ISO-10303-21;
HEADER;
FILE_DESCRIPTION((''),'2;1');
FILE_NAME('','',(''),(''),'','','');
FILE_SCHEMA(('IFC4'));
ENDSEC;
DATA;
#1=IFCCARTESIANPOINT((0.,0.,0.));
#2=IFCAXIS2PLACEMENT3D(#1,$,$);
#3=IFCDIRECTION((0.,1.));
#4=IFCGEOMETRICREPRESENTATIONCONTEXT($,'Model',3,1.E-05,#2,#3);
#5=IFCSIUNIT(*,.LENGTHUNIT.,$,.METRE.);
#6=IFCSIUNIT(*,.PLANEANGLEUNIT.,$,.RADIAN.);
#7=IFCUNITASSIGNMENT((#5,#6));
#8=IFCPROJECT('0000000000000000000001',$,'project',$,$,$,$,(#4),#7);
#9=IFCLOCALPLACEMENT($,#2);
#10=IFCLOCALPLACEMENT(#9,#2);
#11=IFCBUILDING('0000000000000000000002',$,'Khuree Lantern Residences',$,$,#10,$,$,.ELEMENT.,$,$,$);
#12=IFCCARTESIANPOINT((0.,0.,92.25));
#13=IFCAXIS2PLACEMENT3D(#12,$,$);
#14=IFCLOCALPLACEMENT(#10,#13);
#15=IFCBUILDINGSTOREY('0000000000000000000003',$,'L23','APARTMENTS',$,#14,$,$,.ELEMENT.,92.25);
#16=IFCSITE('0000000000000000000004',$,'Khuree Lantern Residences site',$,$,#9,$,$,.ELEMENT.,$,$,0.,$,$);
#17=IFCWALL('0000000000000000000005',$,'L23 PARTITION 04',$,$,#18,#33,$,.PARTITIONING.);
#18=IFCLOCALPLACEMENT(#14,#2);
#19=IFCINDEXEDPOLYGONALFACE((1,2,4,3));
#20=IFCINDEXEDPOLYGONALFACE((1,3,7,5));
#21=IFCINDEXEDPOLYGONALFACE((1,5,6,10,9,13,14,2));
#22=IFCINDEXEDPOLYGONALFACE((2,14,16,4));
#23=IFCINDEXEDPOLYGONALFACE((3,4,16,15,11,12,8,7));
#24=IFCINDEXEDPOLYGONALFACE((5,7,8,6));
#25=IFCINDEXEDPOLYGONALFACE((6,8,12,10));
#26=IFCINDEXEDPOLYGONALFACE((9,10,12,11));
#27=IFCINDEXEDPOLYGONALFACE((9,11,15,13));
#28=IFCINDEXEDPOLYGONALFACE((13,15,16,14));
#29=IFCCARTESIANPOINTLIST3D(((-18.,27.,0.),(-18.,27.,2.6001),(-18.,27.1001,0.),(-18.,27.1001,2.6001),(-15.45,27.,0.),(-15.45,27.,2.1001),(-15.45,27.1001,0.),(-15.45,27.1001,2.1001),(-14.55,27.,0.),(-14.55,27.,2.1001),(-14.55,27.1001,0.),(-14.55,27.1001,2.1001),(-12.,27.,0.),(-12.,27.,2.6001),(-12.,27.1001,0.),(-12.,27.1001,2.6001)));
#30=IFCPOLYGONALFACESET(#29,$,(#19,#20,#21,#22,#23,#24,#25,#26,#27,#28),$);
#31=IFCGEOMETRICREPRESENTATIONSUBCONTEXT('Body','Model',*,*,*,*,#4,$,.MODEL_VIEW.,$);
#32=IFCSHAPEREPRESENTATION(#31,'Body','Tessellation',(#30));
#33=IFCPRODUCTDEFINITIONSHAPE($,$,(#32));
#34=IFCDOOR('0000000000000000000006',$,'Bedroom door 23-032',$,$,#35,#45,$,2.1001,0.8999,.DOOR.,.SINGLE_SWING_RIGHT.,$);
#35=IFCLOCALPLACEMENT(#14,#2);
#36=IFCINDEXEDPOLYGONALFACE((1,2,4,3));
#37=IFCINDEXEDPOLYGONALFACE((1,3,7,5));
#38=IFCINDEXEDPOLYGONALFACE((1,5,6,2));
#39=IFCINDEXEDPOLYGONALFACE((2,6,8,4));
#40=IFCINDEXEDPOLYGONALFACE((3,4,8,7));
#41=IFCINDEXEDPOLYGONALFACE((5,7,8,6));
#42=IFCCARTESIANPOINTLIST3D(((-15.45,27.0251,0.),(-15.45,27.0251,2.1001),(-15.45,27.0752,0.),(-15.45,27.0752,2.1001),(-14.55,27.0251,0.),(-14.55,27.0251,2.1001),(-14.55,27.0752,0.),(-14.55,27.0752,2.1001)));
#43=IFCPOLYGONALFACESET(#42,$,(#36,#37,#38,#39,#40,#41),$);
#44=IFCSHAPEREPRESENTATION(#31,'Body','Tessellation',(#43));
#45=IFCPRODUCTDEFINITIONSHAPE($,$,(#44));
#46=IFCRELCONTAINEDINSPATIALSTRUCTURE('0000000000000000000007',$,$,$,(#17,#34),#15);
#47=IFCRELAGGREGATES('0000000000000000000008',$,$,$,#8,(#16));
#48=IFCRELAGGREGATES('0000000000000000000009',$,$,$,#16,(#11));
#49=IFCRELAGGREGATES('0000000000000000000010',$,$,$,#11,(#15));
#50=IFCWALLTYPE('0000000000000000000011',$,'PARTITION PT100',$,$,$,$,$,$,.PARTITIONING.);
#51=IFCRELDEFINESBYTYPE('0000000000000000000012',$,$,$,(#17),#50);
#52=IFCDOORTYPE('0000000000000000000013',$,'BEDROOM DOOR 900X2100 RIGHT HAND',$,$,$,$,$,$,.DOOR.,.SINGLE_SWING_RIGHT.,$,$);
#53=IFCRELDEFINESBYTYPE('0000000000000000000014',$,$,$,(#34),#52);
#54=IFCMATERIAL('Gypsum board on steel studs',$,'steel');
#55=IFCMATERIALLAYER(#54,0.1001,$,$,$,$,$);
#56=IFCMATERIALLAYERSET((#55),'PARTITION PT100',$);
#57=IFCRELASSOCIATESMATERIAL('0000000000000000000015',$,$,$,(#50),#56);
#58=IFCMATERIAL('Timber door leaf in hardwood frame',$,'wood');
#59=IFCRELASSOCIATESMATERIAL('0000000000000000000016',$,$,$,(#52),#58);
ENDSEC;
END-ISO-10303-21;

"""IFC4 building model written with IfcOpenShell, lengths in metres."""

from ifc_helpers import new_model, si_unit, direction, frame, frame_2d, origin, place, context, subcontext, project, spatial, rectangle, extrude, material, layer, layer_set, type_object, element, fill, save


model = new_model("IFC4")

# Units and contexts
model_context = context("Model", 3, precision=1e-05, world=origin(), true_north=direction((0.0, 1.0)))
body_context = subcontext(model_context, "Body", "Model", "MODEL_VIEW")
ifc_project = project(units=[si_unit("LENGTHUNIT", "METRE"), si_unit("PLANEANGLEUNIT", "RADIAN")], contexts=[model_context])

# Site, building, storey
site_placement = place(None, origin())
site = spatial("IfcSite", under=ifc_project, at=site_placement, Name="Khuree Lantern Residences site", CompositionType="ELEMENT", RefElevation=0.0)
building_placement = place(site_placement, origin())
building = spatial("IfcBuilding", under=site, at=building_placement, Name="Khuree Lantern Residences", CompositionType="ELEMENT")
storey_placement = place(building_placement, frame((0.0, 0.0, 92.25)))
storey = spatial("IfcBuildingStorey", under=building, at=storey_placement, Name="L23", Description="APARTMENTS", CompositionType="ELEMENT", Elevation=92.25)

# Shared definitions
ifc_material_1 = material(Name="Timber door leaf in hardwood frame", Category="wood")

# Shared definitions
ifc_material_2 = material(Name="Gypsum board on steel studs", Category="steel")

# Shared definitions
ifc_layer_1 = layer(ifc_material_2, 0.1001)
ifc_layer_set_1 = layer_set([ifc_layer_1], Name="PARTITION PT100")
wall_type_1 = type_object("IfcWallType", Name="PARTITION PT100", PredefinedType="PARTITIONING", material=ifc_layer_set_1)

# Wall, opening, door
wall_1_placement = place(storey_placement, frame((-12.0, 27.05, 0.0), z_axis=(0.0, 0.0, 1.0), x_axis=(-1.0, 0.0, 0.0)))
wall_1 = element("IfcWall", 1, at=wall_1_placement, inside=storey, type_object=wall_type_1, Name="L23 PARTITION 04", PredefinedType="PARTITIONING", context=body_context, shape_type="SweptSolid", body=[
    extrude(rectangle(XDim=6.0, YDim=0.1001, at=frame_2d((3.0, 0.0))), origin(), (0.0, 0.0, 1.0), 2.6001),
])
opening_1_placement = place(wall_1_placement, frame((2.55, 0.0, 0.0)))
opening_1 = element("IfcOpeningElement", 2, at=opening_1_placement, cuts=wall_1, PredefinedType="OPENING", context=body_context, shape_type="SweptSolid", body=[
    extrude(rectangle(XDim=0.8999, YDim=2.1001, at=frame_2d((0.45, 1.05))), frame((0.0, 0.0601, 0.0), z_axis=(0.0, -1.0, 0.0), x_axis=(1.0, 0.0, 0.0)), (0.0, 0.0, 1.0), 0.1201),
])
door_type_1 = type_object("IfcDoorType", Name="BEDROOM DOOR 900X2100 RIGHT HAND", OperationType="SINGLE_SWING_RIGHT", PredefinedType="DOOR", material=ifc_material_1)
door_1_placement = place(opening_1_placement, origin())
door_1 = element("IfcDoor", 3, at=door_1_placement, inside=storey, type_object=door_type_1, Name="Bedroom door 23-032", OperationType="SINGLE_SWING_RIGHT", OverallHeight=2.1001, OverallWidth=0.8999, PredefinedType="DOOR", context=body_context, shape_type="SweptSolid", body=[
    extrude(rectangle(XDim=0.8999, YDim=2.1001, at=frame_2d((0.45, 1.05))), frame((0.0, 0.0249, 0.0), z_axis=(0.0, -1.0, 0.0), x_axis=(1.0, 0.0, 0.0)), (0.0, 0.0, 1.0), 0.05),
])
fill(opening_1, door_1)

save(model, "model.ifc")
